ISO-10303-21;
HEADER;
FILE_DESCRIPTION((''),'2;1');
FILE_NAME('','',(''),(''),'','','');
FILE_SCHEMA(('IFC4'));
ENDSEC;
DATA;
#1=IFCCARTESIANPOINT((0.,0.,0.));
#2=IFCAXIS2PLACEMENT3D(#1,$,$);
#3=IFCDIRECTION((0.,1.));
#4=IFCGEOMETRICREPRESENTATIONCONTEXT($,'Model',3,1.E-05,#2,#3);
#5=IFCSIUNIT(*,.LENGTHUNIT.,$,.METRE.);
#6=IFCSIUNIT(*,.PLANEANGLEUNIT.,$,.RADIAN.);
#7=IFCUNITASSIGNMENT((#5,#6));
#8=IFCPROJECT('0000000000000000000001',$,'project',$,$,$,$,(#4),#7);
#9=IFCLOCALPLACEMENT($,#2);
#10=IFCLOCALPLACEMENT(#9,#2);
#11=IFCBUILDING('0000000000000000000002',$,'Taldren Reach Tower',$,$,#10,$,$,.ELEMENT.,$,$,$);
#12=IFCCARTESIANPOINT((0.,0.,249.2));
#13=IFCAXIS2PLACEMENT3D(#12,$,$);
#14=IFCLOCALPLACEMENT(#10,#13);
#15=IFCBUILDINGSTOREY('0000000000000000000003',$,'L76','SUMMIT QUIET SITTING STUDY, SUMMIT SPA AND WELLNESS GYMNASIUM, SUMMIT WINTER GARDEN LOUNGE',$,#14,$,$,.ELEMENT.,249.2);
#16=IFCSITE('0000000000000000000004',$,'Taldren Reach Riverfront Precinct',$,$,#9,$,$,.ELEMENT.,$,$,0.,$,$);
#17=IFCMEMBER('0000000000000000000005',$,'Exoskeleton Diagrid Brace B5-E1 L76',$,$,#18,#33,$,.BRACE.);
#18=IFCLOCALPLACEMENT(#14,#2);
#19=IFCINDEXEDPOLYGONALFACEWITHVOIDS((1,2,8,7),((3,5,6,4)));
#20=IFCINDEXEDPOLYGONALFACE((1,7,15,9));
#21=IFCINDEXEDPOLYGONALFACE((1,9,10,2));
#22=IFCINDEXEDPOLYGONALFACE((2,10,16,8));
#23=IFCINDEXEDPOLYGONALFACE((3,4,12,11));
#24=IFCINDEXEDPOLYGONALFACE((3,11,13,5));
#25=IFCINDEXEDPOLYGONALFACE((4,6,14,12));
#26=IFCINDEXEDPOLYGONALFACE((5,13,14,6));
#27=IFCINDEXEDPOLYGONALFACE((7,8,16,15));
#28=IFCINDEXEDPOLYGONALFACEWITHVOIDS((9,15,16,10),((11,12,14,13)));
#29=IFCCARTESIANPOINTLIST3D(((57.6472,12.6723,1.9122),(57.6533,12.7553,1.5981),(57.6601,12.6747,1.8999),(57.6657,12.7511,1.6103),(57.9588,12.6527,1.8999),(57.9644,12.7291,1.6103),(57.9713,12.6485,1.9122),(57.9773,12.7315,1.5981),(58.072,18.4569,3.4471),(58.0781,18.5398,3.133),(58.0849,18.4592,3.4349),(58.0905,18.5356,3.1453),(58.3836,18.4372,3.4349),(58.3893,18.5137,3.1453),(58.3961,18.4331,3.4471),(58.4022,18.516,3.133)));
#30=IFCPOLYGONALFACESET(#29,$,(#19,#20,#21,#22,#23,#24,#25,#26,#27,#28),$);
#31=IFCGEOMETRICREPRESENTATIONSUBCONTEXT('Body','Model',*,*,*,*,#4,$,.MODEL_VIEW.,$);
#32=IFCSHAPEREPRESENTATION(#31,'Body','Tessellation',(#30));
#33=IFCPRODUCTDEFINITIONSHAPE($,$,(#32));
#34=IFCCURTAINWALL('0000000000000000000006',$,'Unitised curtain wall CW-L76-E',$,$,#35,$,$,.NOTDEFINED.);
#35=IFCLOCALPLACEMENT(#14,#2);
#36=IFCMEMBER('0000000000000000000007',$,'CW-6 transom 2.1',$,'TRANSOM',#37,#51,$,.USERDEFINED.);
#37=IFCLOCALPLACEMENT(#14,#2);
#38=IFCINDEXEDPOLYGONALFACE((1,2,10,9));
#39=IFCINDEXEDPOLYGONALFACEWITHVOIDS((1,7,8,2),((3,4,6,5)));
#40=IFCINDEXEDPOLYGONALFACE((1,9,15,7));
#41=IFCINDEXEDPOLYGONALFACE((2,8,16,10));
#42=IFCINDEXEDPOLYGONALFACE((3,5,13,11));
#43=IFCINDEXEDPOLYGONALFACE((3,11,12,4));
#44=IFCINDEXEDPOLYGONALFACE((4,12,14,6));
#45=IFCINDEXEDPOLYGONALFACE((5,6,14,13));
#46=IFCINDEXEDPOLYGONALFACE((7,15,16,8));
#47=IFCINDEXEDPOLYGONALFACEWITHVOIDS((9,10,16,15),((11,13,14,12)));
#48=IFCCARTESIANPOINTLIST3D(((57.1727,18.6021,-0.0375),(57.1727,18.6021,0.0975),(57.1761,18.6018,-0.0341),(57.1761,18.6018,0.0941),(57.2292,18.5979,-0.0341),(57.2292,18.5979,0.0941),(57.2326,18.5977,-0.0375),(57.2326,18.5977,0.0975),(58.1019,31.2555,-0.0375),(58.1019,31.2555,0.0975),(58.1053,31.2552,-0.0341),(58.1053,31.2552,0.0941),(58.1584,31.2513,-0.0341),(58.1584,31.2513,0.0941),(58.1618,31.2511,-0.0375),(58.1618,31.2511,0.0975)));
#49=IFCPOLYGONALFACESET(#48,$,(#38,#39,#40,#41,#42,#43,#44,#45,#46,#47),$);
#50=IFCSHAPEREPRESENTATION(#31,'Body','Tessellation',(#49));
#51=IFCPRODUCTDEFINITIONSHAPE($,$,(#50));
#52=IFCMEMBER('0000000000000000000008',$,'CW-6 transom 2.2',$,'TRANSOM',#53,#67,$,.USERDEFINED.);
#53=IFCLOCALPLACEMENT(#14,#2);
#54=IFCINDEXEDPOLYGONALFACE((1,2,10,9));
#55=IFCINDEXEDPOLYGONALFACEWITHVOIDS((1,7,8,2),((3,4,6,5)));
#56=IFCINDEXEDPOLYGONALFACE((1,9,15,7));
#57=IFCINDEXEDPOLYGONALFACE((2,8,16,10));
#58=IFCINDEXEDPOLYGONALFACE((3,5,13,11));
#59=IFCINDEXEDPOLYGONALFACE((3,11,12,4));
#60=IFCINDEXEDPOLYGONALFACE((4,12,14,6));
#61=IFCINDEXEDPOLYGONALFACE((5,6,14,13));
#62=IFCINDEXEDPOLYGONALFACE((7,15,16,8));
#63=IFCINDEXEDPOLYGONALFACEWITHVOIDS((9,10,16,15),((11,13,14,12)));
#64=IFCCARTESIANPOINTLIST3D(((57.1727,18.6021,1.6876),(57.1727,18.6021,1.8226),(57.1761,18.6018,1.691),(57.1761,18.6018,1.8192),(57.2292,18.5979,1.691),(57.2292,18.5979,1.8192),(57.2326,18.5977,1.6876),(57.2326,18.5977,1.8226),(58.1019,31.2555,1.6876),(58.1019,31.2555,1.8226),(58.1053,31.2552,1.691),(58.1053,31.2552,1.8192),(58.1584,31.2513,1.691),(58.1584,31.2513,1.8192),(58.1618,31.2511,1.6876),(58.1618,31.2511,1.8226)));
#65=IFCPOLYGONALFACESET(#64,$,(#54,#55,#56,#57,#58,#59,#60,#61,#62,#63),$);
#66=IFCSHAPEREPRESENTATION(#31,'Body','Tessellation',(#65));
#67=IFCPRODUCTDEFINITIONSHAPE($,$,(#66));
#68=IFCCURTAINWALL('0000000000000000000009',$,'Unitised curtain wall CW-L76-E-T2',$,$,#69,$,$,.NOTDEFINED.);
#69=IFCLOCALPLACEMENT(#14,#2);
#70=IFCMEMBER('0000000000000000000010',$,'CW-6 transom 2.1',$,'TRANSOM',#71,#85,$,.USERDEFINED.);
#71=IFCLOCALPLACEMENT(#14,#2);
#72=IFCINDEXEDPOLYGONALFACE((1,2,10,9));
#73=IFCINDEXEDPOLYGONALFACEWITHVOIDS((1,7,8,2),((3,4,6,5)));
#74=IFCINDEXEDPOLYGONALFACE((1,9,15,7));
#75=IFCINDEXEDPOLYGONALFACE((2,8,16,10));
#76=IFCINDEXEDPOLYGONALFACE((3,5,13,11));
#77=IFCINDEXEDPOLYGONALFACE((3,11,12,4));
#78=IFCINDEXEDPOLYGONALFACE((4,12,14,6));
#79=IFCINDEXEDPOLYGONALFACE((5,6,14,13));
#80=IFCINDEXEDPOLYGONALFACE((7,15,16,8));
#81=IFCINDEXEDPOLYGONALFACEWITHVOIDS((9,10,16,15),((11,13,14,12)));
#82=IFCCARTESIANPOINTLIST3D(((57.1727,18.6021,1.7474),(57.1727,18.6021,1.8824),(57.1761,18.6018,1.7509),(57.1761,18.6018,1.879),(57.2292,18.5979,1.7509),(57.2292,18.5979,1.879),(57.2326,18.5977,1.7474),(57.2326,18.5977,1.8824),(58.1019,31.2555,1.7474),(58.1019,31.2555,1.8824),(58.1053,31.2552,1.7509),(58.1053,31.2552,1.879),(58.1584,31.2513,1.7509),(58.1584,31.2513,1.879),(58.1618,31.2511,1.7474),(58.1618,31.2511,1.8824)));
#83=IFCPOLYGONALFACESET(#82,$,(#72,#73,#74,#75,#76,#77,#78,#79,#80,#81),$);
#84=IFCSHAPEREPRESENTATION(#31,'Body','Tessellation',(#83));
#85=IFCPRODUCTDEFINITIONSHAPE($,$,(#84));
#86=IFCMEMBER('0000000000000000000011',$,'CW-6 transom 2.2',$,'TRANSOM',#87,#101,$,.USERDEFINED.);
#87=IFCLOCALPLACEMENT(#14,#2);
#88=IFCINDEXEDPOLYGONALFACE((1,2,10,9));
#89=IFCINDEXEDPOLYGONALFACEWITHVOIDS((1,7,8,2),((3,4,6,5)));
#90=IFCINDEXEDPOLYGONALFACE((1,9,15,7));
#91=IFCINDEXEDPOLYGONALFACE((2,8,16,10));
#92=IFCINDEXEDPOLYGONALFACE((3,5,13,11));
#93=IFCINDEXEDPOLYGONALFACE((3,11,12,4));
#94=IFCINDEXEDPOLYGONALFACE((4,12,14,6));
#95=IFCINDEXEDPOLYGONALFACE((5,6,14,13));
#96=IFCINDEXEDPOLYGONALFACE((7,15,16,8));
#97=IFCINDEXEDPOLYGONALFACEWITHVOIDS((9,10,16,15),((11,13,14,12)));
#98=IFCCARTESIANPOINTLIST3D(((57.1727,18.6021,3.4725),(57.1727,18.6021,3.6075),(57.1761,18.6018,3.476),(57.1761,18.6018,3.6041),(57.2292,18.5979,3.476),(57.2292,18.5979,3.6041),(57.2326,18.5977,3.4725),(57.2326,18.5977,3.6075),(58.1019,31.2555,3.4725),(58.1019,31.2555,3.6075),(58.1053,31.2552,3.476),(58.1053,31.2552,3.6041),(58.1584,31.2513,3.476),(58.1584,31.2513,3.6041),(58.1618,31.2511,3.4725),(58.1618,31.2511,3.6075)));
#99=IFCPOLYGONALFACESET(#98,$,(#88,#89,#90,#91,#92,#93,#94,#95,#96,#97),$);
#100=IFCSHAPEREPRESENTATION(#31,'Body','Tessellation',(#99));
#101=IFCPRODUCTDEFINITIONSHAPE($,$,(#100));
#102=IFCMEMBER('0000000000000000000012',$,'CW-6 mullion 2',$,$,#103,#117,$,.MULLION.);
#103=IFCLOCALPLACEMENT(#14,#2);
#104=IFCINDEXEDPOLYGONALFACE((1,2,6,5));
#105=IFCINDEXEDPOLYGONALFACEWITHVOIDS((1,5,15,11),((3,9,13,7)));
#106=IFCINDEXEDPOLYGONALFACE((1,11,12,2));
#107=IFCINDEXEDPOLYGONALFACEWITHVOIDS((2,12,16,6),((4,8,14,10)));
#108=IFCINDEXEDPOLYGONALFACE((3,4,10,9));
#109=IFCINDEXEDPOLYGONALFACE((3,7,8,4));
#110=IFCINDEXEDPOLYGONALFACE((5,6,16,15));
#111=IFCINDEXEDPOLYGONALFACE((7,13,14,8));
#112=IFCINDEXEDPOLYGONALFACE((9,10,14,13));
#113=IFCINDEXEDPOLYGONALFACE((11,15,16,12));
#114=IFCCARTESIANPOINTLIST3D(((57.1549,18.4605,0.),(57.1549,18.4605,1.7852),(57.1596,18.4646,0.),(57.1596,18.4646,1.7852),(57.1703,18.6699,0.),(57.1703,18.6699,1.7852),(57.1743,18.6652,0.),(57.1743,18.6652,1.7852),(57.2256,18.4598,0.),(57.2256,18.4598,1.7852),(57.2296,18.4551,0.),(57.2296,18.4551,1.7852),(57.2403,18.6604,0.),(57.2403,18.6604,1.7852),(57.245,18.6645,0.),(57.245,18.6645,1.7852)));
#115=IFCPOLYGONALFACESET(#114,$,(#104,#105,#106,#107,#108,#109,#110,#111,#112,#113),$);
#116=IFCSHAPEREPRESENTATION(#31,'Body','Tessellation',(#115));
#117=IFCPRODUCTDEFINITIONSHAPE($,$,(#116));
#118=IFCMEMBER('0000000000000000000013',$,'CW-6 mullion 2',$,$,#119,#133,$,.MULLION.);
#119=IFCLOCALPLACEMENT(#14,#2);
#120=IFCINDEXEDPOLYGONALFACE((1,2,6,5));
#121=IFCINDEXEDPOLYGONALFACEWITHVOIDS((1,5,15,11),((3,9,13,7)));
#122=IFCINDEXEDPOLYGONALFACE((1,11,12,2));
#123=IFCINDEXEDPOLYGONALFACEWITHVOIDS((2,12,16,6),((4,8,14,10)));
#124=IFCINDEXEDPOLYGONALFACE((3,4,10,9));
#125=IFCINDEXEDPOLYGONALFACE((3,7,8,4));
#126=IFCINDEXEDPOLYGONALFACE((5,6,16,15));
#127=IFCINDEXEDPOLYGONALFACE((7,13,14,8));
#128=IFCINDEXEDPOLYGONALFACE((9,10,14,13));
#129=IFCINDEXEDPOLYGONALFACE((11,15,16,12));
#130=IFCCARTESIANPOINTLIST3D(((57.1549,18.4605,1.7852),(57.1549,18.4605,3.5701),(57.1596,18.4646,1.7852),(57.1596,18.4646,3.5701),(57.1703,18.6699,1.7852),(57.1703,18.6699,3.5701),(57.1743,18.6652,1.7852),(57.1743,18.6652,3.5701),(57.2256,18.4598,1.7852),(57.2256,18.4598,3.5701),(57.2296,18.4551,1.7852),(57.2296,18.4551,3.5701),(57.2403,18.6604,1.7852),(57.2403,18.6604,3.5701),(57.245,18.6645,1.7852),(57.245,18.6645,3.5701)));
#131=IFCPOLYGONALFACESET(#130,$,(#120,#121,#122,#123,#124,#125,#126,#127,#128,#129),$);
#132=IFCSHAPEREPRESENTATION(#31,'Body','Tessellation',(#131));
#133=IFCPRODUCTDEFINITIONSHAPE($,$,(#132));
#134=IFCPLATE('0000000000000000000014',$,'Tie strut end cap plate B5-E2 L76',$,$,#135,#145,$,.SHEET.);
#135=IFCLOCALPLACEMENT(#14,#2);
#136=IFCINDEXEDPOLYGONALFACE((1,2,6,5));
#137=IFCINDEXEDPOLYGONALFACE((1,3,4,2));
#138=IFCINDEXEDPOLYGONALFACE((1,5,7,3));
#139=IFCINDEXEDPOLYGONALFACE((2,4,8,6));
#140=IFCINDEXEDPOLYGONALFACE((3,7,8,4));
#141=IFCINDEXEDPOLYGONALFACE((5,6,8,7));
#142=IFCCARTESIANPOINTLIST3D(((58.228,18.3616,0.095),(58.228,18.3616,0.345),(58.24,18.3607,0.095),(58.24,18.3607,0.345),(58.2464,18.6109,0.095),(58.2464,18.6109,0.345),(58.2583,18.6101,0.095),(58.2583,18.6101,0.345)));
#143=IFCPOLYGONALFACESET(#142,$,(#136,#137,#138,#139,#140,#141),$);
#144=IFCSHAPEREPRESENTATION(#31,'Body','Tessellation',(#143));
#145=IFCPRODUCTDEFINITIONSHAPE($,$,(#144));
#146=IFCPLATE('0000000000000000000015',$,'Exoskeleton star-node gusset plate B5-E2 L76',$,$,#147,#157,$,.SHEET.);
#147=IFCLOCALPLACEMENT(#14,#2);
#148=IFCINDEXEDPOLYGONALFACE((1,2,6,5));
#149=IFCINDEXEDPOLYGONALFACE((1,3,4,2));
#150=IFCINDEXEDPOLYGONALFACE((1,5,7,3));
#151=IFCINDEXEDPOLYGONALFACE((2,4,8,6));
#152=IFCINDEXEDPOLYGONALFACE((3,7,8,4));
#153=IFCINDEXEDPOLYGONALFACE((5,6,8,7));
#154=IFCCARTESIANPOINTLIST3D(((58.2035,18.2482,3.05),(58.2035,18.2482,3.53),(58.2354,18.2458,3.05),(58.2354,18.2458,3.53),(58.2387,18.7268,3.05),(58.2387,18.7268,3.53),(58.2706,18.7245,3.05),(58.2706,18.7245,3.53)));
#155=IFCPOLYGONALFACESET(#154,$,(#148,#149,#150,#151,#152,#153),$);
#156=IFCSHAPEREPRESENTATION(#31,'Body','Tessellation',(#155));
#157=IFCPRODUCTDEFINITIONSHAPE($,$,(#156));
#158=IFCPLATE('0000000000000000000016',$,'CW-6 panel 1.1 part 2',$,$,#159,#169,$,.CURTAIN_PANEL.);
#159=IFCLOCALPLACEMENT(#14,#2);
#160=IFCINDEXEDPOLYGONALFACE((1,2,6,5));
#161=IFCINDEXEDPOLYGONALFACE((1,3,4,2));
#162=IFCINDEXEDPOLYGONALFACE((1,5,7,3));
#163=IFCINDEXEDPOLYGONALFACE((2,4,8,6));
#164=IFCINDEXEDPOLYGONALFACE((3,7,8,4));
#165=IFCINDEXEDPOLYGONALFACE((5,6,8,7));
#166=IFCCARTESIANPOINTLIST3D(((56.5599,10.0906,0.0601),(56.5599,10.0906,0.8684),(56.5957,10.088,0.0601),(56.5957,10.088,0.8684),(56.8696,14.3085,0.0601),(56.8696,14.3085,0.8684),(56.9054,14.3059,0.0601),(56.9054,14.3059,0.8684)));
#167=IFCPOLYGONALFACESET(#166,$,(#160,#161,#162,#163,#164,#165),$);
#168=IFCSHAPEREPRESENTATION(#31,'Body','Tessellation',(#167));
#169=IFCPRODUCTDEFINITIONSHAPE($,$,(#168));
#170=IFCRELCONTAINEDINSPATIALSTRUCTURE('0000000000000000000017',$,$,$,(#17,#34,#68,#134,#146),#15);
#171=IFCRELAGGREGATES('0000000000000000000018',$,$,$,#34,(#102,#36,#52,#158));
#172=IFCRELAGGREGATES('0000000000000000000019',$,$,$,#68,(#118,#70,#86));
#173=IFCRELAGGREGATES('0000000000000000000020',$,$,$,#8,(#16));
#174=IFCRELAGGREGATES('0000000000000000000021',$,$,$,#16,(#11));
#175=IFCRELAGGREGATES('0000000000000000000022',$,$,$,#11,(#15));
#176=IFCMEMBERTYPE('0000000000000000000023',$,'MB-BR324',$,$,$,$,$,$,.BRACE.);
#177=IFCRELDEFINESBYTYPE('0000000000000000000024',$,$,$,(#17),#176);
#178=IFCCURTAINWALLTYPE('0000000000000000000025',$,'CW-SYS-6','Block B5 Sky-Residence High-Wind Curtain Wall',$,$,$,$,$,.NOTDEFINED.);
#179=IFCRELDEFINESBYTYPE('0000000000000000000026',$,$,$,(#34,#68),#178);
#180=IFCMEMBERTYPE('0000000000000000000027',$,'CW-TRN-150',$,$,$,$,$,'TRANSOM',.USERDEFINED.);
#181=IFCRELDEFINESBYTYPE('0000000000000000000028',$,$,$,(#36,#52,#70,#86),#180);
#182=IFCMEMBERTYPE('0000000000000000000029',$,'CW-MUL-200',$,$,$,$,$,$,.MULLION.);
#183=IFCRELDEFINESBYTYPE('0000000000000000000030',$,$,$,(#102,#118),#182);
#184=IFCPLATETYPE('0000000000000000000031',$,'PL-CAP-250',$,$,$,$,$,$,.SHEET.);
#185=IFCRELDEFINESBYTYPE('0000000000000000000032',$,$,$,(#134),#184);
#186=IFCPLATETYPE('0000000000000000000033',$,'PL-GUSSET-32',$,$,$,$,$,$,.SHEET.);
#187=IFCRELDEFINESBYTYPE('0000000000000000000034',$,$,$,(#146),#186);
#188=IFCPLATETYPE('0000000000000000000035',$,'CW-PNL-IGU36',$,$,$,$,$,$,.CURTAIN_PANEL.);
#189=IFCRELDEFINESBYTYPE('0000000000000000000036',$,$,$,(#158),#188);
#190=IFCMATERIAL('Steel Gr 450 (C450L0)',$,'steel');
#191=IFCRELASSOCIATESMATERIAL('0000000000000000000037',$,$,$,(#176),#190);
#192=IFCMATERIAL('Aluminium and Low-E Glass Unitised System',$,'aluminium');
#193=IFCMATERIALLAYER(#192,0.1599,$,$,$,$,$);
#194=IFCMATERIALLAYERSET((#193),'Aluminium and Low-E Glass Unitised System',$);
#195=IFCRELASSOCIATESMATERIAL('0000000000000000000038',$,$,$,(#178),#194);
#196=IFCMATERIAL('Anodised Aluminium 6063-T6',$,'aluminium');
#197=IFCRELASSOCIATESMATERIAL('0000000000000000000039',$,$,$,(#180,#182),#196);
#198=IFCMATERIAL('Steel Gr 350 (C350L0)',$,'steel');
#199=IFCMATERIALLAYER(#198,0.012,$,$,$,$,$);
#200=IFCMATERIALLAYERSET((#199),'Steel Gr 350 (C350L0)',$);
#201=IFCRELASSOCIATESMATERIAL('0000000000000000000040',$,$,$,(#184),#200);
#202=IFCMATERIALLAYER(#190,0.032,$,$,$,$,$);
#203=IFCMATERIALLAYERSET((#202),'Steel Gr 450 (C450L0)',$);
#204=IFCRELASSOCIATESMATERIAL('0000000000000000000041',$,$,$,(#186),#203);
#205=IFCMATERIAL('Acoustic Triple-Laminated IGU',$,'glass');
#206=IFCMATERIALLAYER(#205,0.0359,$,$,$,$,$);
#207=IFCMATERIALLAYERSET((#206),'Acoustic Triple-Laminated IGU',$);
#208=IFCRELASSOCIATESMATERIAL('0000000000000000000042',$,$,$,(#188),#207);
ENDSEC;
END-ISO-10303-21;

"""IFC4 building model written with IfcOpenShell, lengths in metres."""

from ifc_helpers import new_model, si_unit, direction, frame, origin, origin_2d, place, context, subcontext, project, spatial, rectangle, hollow_rectangle, extrude, source, transform, mapped, material, layer, layer_set, material_profile, profile_set, type_object, element, aggregate, save


model = new_model("IFC4")

# Units and contexts
model_context = context("Model", 3, precision=1e-05, world=origin(), true_north=direction((0.0, 1.0)))
body_context = subcontext(model_context, "Body", "Model", "MODEL_VIEW")
ifc_project = project(units=[si_unit("LENGTHUNIT", "METRE"), si_unit("PLANEANGLEUNIT", "RADIAN")], contexts=[model_context])

# Site, building, storey
site_placement = place(None, origin())
site = spatial("IfcSite", under=ifc_project, at=site_placement, Name="Taldren Reach Riverfront Precinct", CompositionType="ELEMENT", RefElevation=0.0)
building_placement = place(site_placement, origin())
building = spatial("IfcBuilding", under=site, at=building_placement, Name="Taldren Reach Tower", CompositionType="ELEMENT")
storey_placement = place(building_placement, frame((0.0, 0.0, 249.2)))
storey = spatial("IfcBuildingStorey", under=building, at=storey_placement, Name="L76", Description="SUMMIT QUIET SITTING STUDY, SUMMIT SPA AND WELLNESS GYMNASIUM, SUMMIT WINTER GARDEN LOUNGE", CompositionType="ELEMENT", Elevation=249.2)

# Member
ifc_material_1 = material(Name="Steel Gr 450 (C450L0)", Category="steel")
ifc_material_2 = material(Name="Steel Gr 350 (C350L0)", Category="steel")
ifc_material_profile_1 = material_profile(ifc_material_1, hollow_rectangle(XDim=0.325, YDim=0.325, WallThickness=0.0127, at=origin_2d()), Name="325x325x12.7SHS")
ifc_profile_set_1 = profile_set([ifc_material_profile_1], Name="Steel Gr 450 (C450L0)")
member_type_1 = type_object("IfcMemberType", Name="MB-BR324", PredefinedType="BRACE", material=ifc_profile_set_1)
shared_shape_1 = source(origin(), body_context, "Body", "SweptSolid", [
    extrude(hollow_rectangle(XDim=0.325, YDim=0.325, WallThickness=0.0127, at=origin_2d()), origin(), (0.0, 0.0, 1.0), 5.9998),
])
member_1_placement = place(storey_placement, frame((57.8123, 12.7019, 1.7551), z_axis=(0.070805, 0.964125, 0.255833), x_axis=(-0.997314, 0.073242, 0.0)))
element("IfcMember", 1, at=member_1_placement, inside=storey, type_object=member_type_1, Name="Exoskeleton Diagrid Brace B5-E1 L76", PredefinedType="BRACE", context=body_context, shape_type="MappedRepresentation", body=[
    mapped(shared_shape_1, transform((0.0, 0.0, 0.0), scale=1.0)),
])

# Curtain walls, members
ifc_material_3 = material(Name="Aluminium and Low-E Glass Unitised System", Category="aluminium")
ifc_layer_1 = layer(ifc_material_3, 0.1599)
ifc_layer_set_1 = layer_set([ifc_layer_1], Name="Aluminium and Low-E Glass Unitised System")
curtain_wall_type = type_object("IfcCurtainWallType", Name="CW-SYS-6", Description="Block B5 Sky-Residence High-Wind Curtain Wall", PredefinedType="NOTDEFINED", material=ifc_layer_set_1)
curtain_wall_1_placement = place(storey_placement, origin())
curtain_wall_1 = element("IfcCurtainWall", 2, at=curtain_wall_1_placement, inside=storey, type_object=curtain_wall_type, Name="Unitised curtain wall CW-L76-E", PredefinedType="NOTDEFINED")
ifc_material_4 = material(Name="Anodised Aluminium 6063-T6", Category="aluminium")
ifc_material_profile_2 = material_profile(ifc_material_4, hollow_rectangle(XDim=0.0601, YDim=0.135, WallThickness=0.0034, at=origin_2d()), Name="ALU-135x60x3.5RHS")
ifc_profile_set_2 = profile_set([ifc_material_profile_2], Name="Anodised Aluminium 6063-T6")
member_type_2 = type_object("IfcMemberType", Name="CW-TRN-150", ElementType="TRANSOM", PredefinedType="USERDEFINED", material=ifc_profile_set_2)
shared_shape_2 = source(origin(), body_context, "Body", "SweptSolid", [
    extrude(hollow_rectangle(XDim=0.0601, YDim=0.135, WallThickness=0.0034, at=origin_2d()), origin(), (0.0, 0.0, 1.0), 12.6875),
])
member_2_placement = place(storey_placement, frame((57.2026, 18.5999, 0.03), z_axis=(0.073238, 0.997314, 0.0), x_axis=(-0.997314, 0.073238, 0.0)))
member_2 = element("IfcMember", 3, at=member_2_placement, type_object=member_type_2, Name="CW-6 transom 2.1", ObjectType="TRANSOM", PredefinedType="USERDEFINED", context=body_context, shape_type="MappedRepresentation", body=[
    mapped(shared_shape_2, transform((0.0, 0.0, 0.0), scale=1.0)),
])
member_3_placement = place(storey_placement, frame((57.2026, 18.5999, 1.7551), z_axis=(0.073238, 0.997314, 0.0), x_axis=(-0.997314, 0.073238, 0.0)))
member_3 = element("IfcMember", 4, at=member_3_placement, type_object=member_type_2, Name="CW-6 transom 2.2", ObjectType="TRANSOM", PredefinedType="USERDEFINED", context=body_context, shape_type="MappedRepresentation", body=[
    mapped(shared_shape_2, transform((0.0, 0.0, 0.0), scale=1.0)),
])
curtain_wall_2_placement = place(storey_placement, origin())
curtain_wall_2 = element("IfcCurtainWall", 5, at=curtain_wall_2_placement, inside=storey, type_object=curtain_wall_type, Name="Unitised curtain wall CW-L76-E-T2", PredefinedType="NOTDEFINED")
member_4_placement = place(storey_placement, frame((57.2026, 18.5999, 1.8149), z_axis=(0.073238, 0.997314, 0.0), x_axis=(-0.997314, 0.073238, 0.0)))
member_4 = element("IfcMember", 6, at=member_4_placement, type_object=member_type_2, Name="CW-6 transom 2.1", ObjectType="TRANSOM", PredefinedType="USERDEFINED", context=body_context, shape_type="MappedRepresentation", body=[
    mapped(shared_shape_2, transform((0.0, 0.0, 0.0), scale=1.0)),
])
member_5_placement = place(storey_placement, frame((57.2026, 18.5999, 3.54), z_axis=(0.073238, 0.997314, 0.0), x_axis=(-0.997314, 0.073238, 0.0)))
member_5 = element("IfcMember", 7, at=member_5_placement, type_object=member_type_2, Name="CW-6 transom 2.2", ObjectType="TRANSOM", PredefinedType="USERDEFINED", context=body_context, shape_type="MappedRepresentation", body=[
    mapped(shared_shape_2, transform((0.0, 0.0, 0.0), scale=1.0)),
])

# Members
ifc_material_profile_3 = material_profile(ifc_material_4, hollow_rectangle(XDim=0.075, YDim=0.21, WallThickness=0.0044, at=origin_2d()), Name="ALU-210x75x4.5RHS")
ifc_profile_set_3 = profile_set([ifc_material_profile_3], Name="Anodised Aluminium 6063-T6")
member_type_3 = type_object("IfcMemberType", Name="CW-MUL-200", PredefinedType="MULLION", material=ifc_profile_set_3)
shared_shape_3 = source(origin(), body_context, "Body", "SweptSolid", [
    extrude(hollow_rectangle(XDim=0.075, YDim=0.21, WallThickness=0.0044, at=origin_2d()), origin(), (0.0, 0.0, 1.0), 1.7852),
])
member_6_placement = place(storey_placement, frame((57.2, 18.5625, 0.0), z_axis=(0.0, 0.0, 1.0), x_axis=(-0.997314, 0.073238, 0.0)))
member_6 = element("IfcMember", 8, at=member_6_placement, type_object=member_type_3, Name="CW-6 mullion 2", PredefinedType="MULLION", context=body_context, shape_type="MappedRepresentation", body=[
    mapped(shared_shape_3, transform((0.0, 0.0, 0.0), scale=1.0)),
])
shared_shape_4 = source(origin(), body_context, "Body", "SweptSolid", [
    extrude(hollow_rectangle(XDim=0.075, YDim=0.21, WallThickness=0.0044, at=origin_2d()), origin(), (0.0, 0.0, 1.0), 1.7849),
])
member_7_placement = place(storey_placement, frame((57.2, 18.5625, 1.7852), z_axis=(0.0, 0.0, 1.0), x_axis=(-0.997314, 0.073238, 0.0)))
member_7 = element("IfcMember", 9, at=member_7_placement, type_object=member_type_3, Name="CW-6 mullion 2", PredefinedType="MULLION", context=body_context, shape_type="MappedRepresentation", body=[
    mapped(shared_shape_4, transform((0.0, 0.0, 0.0), scale=1.0)),
])

# Plates
ifc_layer_2 = layer(ifc_material_2, 0.012)
ifc_layer_set_2 = layer_set([ifc_layer_2], Name="Steel Gr 350 (C350L0)")
plate_type_1 = type_object("IfcPlateType", Name="PL-CAP-250", PredefinedType="SHEET", material=ifc_layer_set_2)
shared_shape_5 = source(origin(), body_context, "Body", "SweptSolid", [
    extrude(rectangle(XDim=0.012, YDim=0.25, at=origin_2d()), origin(), (0.0, 0.0, 1.0), 0.25),
])
plate_1_placement = place(storey_placement, frame((58.2432, 18.4858, 0.095), z_axis=(0.0, 0.0, 1.0), x_axis=(0.997314, -0.073238, 0.0)))
element("IfcPlate", 10, at=plate_1_placement, inside=storey, type_object=plate_type_1, Name="Tie strut end cap plate B5-E2 L76", PredefinedType="SHEET", context=body_context, shape_type="MappedRepresentation", body=[
    mapped(shared_shape_5, transform((0.0, 0.0, 0.0), scale=1.0)),
])
ifc_layer_3 = layer(ifc_material_1, 0.032)
ifc_layer_set_3 = layer_set([ifc_layer_3], Name="Steel Gr 450 (C450L0)")
plate_type_2 = type_object("IfcPlateType", Name="PL-GUSSET-32", PredefinedType="SHEET", material=ifc_layer_set_3)
shared_shape_6 = source(origin(), body_context, "Body", "SweptSolid", [
    extrude(rectangle(XDim=0.48, YDim=0.032, at=origin_2d()), origin(), (0.0, 0.0, 1.0), 0.48),
])
plate_2_placement = place(storey_placement, frame((58.2371, 18.4863, 3.05), z_axis=(0.0, 0.0, 1.0), x_axis=(0.073238, 0.997314, 0.0)))
element("IfcPlate", 11, at=plate_2_placement, inside=storey, type_object=plate_type_2, Name="Exoskeleton star-node gusset plate B5-E2 L76", PredefinedType="SHEET", context=body_context, shape_type="MappedRepresentation", body=[
    mapped(shared_shape_6, transform((0.0, 0.0, 0.0), scale=1.0)),
])

# Plate
ifc_material_5 = material(Name="Acoustic Triple-Laminated IGU", Category="glass")
ifc_layer_4 = layer(ifc_material_5, 0.0359)
ifc_layer_set_4 = layer_set([ifc_layer_4], Name="Acoustic Triple-Laminated IGU")
plate_type_3 = type_object("IfcPlateType", Name="CW-PNL-IGU36", PredefinedType="CURTAIN_PANEL", material=ifc_layer_set_4)
shared_shape_7 = source(origin(), body_context, "Body", "SweptSolid", [
    extrude(rectangle(XDim=4.2292, YDim=0.0359, at=origin_2d()), origin(), (0.0, 0.0, 1.0), 0.8083),
])
plate_3_placement = place(storey_placement, frame((56.7327, 12.1982, 0.0601), z_axis=(0.0, 0.0, 1.0), x_axis=(0.073238, 0.997314, 0.0)))
plate_3 = element("IfcPlate", 12, at=plate_3_placement, type_object=plate_type_3, Name="CW-6 panel 1.1 part 2", PredefinedType="CURTAIN_PANEL", context=body_context, shape_type="MappedRepresentation", body=[
    mapped(shared_shape_7, transform((0.0, 0.0, 0.0), scale=1.0)),
])
aggregate(curtain_wall_1, [member_6, member_2, member_3, plate_3])
aggregate(curtain_wall_2, [member_7, member_4, member_5])

save(model, "model.ifc")
